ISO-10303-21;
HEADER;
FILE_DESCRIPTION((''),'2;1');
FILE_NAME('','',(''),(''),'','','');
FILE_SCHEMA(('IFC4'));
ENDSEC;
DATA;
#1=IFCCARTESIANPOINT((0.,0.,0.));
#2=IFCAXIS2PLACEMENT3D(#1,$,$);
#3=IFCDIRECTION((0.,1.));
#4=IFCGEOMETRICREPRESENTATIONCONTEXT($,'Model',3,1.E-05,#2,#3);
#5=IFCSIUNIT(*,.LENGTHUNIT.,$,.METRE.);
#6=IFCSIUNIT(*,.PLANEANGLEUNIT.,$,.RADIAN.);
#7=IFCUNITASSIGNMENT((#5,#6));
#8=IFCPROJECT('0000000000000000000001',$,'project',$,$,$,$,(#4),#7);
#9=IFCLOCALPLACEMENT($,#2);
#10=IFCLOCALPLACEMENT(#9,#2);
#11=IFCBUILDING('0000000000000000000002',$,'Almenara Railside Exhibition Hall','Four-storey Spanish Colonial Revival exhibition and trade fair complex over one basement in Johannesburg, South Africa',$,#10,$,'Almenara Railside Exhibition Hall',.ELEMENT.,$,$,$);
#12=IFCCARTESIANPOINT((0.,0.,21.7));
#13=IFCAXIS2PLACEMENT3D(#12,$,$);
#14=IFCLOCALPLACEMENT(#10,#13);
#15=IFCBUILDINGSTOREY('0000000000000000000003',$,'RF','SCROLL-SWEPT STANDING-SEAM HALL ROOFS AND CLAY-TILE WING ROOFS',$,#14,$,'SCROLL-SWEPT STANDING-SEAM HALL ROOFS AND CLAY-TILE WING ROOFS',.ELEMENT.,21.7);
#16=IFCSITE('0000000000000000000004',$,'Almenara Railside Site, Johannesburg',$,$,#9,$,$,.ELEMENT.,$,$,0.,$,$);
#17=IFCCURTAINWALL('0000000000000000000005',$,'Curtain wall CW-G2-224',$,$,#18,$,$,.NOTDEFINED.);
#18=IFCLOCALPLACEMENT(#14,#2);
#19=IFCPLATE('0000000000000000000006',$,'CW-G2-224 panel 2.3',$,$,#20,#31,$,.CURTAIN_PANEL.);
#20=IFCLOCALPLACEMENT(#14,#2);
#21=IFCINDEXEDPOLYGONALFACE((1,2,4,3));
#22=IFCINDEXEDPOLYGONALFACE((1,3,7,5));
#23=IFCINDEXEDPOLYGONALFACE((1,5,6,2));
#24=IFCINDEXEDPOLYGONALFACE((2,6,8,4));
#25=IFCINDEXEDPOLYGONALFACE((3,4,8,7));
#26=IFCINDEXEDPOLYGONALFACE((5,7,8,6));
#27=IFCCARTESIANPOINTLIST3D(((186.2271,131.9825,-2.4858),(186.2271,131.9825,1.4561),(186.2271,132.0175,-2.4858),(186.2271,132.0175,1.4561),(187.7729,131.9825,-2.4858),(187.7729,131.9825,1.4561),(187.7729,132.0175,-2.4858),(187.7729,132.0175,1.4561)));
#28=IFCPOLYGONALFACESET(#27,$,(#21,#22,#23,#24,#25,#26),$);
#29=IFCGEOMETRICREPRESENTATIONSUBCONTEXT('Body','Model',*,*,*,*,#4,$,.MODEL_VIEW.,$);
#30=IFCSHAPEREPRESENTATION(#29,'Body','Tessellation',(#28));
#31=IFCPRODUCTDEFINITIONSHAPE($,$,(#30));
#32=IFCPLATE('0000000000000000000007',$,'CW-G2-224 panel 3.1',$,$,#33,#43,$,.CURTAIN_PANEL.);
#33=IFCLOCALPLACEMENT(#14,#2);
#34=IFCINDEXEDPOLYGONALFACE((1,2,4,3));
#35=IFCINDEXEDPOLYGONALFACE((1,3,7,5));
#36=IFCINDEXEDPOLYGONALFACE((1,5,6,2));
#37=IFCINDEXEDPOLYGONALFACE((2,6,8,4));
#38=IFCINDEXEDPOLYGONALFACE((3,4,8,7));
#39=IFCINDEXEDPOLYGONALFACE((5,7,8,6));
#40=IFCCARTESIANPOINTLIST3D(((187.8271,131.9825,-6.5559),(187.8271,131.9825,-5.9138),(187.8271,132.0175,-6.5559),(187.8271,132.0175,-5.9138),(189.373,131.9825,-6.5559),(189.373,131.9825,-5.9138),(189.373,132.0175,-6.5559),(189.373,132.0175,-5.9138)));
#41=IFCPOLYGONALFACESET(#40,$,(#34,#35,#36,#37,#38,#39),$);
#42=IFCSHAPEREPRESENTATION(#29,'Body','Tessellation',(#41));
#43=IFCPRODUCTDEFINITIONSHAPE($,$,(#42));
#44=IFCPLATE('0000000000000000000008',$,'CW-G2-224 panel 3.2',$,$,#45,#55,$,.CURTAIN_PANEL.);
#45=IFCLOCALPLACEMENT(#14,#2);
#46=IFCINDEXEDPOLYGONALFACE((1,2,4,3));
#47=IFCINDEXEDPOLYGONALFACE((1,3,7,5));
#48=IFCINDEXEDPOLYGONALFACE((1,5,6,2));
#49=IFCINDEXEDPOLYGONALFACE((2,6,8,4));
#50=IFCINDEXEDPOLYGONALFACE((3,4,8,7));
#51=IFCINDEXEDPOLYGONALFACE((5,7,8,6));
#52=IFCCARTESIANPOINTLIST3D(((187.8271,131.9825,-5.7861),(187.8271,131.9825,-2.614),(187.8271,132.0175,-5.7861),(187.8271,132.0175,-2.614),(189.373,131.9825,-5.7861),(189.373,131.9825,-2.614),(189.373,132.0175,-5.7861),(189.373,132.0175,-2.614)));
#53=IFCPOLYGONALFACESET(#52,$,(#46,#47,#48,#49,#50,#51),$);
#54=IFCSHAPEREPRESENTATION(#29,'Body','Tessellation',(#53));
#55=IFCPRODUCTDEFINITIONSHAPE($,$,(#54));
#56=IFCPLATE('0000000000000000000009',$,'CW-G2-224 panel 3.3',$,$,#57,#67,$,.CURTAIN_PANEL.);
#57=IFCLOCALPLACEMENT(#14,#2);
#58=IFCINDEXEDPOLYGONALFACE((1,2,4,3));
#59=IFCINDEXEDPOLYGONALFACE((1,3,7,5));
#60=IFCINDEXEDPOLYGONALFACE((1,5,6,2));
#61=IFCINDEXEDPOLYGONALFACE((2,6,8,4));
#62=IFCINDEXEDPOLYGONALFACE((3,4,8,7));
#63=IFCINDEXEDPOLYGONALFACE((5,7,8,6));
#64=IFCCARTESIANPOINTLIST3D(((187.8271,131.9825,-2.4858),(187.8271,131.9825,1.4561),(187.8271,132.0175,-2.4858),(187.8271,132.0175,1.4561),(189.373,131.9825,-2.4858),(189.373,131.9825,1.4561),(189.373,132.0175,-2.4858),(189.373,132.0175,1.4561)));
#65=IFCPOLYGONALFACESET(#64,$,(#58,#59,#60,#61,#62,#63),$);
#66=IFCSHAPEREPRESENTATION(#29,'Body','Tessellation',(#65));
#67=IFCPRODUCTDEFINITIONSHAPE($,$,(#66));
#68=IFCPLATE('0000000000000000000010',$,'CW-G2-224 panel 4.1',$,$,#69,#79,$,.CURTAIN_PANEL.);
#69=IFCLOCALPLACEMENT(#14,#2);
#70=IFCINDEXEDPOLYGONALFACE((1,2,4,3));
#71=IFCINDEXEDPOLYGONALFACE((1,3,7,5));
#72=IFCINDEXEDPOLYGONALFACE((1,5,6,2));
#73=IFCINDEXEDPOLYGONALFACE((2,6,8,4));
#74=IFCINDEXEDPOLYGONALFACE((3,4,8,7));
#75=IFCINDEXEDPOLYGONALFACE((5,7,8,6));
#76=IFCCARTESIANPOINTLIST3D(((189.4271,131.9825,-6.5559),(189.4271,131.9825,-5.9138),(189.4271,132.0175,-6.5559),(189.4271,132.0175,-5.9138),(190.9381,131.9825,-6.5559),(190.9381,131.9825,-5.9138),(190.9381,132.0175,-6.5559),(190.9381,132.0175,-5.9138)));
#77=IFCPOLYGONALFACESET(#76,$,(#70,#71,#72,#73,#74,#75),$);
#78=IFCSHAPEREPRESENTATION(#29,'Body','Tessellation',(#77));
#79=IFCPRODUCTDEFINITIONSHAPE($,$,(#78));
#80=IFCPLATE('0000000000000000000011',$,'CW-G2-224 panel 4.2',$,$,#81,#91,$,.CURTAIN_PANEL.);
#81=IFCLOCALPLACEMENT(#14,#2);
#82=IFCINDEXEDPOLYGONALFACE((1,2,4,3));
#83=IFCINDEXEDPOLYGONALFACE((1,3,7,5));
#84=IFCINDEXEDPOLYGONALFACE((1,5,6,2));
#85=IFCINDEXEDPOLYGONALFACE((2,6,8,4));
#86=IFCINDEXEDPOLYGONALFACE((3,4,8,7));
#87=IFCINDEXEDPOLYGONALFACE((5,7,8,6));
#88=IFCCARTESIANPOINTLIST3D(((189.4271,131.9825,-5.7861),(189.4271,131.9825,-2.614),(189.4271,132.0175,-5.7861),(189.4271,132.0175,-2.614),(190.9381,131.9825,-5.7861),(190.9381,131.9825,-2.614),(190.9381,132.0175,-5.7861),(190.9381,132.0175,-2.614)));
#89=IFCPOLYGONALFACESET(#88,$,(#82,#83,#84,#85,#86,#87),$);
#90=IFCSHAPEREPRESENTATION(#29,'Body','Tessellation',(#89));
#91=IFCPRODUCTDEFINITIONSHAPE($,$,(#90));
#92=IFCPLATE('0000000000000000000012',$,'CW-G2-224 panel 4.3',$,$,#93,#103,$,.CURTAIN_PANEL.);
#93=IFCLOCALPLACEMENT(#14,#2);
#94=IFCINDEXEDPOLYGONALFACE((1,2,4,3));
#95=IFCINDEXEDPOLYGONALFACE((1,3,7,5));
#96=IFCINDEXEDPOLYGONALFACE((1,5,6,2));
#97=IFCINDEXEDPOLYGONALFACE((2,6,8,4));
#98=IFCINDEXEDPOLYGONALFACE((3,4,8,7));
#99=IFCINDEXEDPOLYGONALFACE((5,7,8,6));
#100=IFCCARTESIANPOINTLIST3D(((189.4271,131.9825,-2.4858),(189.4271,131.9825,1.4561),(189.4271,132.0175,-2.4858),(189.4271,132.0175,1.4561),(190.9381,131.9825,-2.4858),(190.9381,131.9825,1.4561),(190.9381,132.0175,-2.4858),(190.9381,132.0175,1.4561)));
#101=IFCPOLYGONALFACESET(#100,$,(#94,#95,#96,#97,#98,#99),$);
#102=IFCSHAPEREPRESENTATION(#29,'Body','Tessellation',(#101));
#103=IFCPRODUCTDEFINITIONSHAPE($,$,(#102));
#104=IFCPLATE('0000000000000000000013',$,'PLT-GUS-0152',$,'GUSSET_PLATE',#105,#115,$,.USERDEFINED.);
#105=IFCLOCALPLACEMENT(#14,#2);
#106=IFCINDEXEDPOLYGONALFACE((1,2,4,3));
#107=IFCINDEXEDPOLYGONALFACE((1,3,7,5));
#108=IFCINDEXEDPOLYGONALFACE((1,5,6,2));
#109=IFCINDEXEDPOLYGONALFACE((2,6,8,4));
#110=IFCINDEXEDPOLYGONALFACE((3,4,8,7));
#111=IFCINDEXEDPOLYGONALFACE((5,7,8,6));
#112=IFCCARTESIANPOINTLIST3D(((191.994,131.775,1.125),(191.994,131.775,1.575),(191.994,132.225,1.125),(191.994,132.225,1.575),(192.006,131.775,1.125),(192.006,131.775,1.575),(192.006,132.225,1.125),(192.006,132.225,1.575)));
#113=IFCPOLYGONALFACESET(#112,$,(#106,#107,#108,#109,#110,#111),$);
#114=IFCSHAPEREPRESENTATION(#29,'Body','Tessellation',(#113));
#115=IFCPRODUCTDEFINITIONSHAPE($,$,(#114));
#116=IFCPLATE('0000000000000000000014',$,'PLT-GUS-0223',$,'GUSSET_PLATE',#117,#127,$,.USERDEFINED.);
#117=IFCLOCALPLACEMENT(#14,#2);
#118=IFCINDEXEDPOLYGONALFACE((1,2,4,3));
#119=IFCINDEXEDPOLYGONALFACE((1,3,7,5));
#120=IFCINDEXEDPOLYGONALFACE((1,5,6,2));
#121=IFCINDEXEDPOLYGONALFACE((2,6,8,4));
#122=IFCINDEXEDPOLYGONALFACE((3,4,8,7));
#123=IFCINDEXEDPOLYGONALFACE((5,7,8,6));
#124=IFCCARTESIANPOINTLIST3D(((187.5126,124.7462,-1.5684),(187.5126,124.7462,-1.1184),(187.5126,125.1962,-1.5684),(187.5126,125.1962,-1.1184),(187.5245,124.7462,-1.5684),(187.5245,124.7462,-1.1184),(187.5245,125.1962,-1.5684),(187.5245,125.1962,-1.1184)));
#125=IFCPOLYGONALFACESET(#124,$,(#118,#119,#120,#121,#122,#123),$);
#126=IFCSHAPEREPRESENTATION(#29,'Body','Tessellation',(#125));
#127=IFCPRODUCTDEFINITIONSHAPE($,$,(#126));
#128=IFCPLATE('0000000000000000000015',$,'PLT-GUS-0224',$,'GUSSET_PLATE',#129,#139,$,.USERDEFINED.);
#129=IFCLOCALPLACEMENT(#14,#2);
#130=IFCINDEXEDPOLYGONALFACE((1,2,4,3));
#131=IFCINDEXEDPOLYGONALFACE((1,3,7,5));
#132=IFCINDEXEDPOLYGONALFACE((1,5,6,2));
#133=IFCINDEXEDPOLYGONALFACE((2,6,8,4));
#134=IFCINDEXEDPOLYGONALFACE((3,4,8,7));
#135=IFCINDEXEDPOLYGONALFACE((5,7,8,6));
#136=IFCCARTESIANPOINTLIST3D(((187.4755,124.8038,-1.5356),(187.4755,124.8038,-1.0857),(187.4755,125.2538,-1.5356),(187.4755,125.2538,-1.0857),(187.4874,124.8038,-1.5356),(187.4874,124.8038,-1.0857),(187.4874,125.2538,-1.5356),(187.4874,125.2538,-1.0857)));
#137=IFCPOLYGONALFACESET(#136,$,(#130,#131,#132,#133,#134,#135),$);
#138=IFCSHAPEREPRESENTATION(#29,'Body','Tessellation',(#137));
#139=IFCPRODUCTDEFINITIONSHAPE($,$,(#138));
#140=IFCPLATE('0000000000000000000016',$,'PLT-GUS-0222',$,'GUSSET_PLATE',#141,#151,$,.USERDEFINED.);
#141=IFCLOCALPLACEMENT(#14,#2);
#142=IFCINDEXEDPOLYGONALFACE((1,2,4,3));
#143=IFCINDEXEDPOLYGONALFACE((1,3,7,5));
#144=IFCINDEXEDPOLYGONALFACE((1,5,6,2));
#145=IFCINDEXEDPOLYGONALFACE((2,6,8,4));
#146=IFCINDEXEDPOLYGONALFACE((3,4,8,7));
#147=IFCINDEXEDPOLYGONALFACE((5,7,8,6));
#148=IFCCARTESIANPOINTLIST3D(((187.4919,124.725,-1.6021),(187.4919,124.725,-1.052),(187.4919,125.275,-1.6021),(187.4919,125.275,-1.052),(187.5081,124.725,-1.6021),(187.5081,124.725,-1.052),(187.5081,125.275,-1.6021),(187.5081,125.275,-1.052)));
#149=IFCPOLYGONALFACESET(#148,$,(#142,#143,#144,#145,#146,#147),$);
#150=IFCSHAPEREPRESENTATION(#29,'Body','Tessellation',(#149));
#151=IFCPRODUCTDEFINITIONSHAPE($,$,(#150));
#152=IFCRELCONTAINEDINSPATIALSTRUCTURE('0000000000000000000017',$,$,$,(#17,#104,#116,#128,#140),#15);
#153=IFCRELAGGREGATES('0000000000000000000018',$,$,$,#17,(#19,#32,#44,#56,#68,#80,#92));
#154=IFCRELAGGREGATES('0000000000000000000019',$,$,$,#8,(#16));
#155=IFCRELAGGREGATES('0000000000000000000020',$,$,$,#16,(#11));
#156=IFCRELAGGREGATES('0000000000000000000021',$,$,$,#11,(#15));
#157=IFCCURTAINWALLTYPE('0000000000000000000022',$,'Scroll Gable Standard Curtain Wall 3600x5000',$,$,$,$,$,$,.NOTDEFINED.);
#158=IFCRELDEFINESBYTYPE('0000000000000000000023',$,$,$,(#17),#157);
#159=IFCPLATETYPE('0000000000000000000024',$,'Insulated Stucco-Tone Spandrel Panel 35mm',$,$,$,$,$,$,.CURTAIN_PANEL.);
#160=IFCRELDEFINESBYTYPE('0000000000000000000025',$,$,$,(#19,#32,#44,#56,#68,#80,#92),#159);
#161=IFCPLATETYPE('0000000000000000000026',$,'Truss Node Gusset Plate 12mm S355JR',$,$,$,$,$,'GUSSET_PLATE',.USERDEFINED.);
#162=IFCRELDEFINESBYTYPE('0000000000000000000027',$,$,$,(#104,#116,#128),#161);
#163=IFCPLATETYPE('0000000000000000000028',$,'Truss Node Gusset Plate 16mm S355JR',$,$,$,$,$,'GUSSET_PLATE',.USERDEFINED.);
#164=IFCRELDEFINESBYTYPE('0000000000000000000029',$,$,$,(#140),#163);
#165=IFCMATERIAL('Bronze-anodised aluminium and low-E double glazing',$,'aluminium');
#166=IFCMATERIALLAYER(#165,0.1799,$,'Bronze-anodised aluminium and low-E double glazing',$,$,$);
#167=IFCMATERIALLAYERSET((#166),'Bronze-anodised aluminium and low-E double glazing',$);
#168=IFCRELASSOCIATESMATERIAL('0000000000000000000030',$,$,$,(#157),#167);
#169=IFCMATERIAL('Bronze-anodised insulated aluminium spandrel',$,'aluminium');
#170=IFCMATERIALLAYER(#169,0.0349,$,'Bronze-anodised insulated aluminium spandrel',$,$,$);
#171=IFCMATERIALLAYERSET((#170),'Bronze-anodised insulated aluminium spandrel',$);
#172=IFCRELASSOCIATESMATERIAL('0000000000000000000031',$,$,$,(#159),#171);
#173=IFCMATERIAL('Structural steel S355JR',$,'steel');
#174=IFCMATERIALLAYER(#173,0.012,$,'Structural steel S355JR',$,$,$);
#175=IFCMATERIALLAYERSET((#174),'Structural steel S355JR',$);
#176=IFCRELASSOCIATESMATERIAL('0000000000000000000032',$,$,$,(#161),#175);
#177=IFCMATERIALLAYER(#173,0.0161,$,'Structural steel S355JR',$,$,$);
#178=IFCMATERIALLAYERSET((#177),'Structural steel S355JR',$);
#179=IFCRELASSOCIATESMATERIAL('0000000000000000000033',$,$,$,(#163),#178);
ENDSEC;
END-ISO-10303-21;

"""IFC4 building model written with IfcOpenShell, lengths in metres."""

from ifc_helpers import new_model, si_unit, direction, frame, origin, origin_2d, place, context, subcontext, project, spatial, rectangle, extrude, material, layer, layer_set, type_object, element, aggregate, save


model = new_model("IFC4")

# Units and contexts
model_context = context("Model", 3, precision=1e-05, world=origin(), true_north=direction((0.0, 1.0)))
body_context = subcontext(model_context, "Body", "Model", "MODEL_VIEW")
ifc_project = project(units=[si_unit("LENGTHUNIT", "METRE"), si_unit("PLANEANGLEUNIT", "RADIAN")], contexts=[model_context])

# Site, building, storey
site_placement = place(None, origin())
site = spatial("IfcSite", under=ifc_project, at=site_placement, Name="Almenara Railside Site, Johannesburg", CompositionType="ELEMENT", RefElevation=0.0)
building_placement = place(site_placement, origin())
building = spatial("IfcBuilding", under=site, at=building_placement, Name="Almenara Railside Exhibition Hall", Description="Four-storey Spanish Colonial Revival exhibition and trade fair complex over one basement in Johannesburg, South Africa", LongName="Almenara Railside Exhibition Hall", CompositionType="ELEMENT")
storey_placement = place(building_placement, frame((0.0, 0.0, 21.7)))
storey = spatial("IfcBuildingStorey", under=building, at=storey_placement, Name="RF", Description="SCROLL-SWEPT STANDING-SEAM HALL ROOFS AND CLAY-TILE WING ROOFS", LongName="SCROLL-SWEPT STANDING-SEAM HALL ROOFS AND CLAY-TILE WING ROOFS", CompositionType="ELEMENT", Elevation=21.7)

# Shared definitions
ifc_material_1 = material(Name="Structural steel S355JR", Category="steel")

# Curtain wall
ifc_material_2 = material(Name="Bronze-anodised aluminium and low-E double glazing", Category="aluminium")
ifc_layer_1 = layer(ifc_material_2, 0.1799, Name="Bronze-anodised aluminium and low-E double glazing")
ifc_layer_set_1 = layer_set([ifc_layer_1], Name="Bronze-anodised aluminium and low-E double glazing")
curtain_wall_type = type_object("IfcCurtainWallType", Name="Scroll Gable Standard Curtain Wall 3600x5000", PredefinedType="NOTDEFINED", material=ifc_layer_set_1)
curtain_wall_placement = place(storey_placement, origin())
curtain_wall = element("IfcCurtainWall", 1, at=curtain_wall_placement, inside=storey, type_object=curtain_wall_type, Name="Curtain wall CW-G2-224", PredefinedType="NOTDEFINED")

# Plates
ifc_material_3 = material(Name="Bronze-anodised insulated aluminium spandrel", Category="aluminium")
ifc_layer_2 = layer(ifc_material_3, 0.0349, Name="Bronze-anodised insulated aluminium spandrel")
ifc_layer_set_2 = layer_set([ifc_layer_2], Name="Bronze-anodised insulated aluminium spandrel")
plate_type_1 = type_object("IfcPlateType", Name="Insulated Stucco-Tone Spandrel Panel 35mm", PredefinedType="CURTAIN_PANEL", material=ifc_layer_set_2)
plate_1_placement = place(storey_placement, frame((187.0, 132.0, -2.4858), z_axis=(0.0, 0.0, 1.0), x_axis=(1.0, 0.0, 0.0)))
plate_1 = element("IfcPlate", 2, at=plate_1_placement, type_object=plate_type_1, Name="CW-G2-224 panel 2.3", PredefinedType="CURTAIN_PANEL", context=body_context, shape_type="SweptSolid", body=[
    extrude(rectangle(XDim=1.5459, YDim=0.0349, at=origin_2d()), origin(), (0.0, 0.0, 1.0), 3.9419),
])
plate_2_placement = place(storey_placement, frame((188.6001, 132.0, -6.5559), z_axis=(0.0, 0.0, 1.0), x_axis=(1.0, 0.0, 0.0)))
plate_2 = element("IfcPlate", 3, at=plate_2_placement, type_object=plate_type_1, Name="CW-G2-224 panel 3.1", PredefinedType="CURTAIN_PANEL", context=body_context, shape_type="SweptSolid", body=[
    extrude(rectangle(XDim=1.5459, YDim=0.0349, at=origin_2d()), origin(), (0.0, 0.0, 1.0), 0.6421),
])
plate_3_placement = place(storey_placement, frame((188.6001, 132.0, -5.7861), z_axis=(0.0, 0.0, 1.0), x_axis=(1.0, 0.0, 0.0)))
plate_3 = element("IfcPlate", 4, at=plate_3_placement, type_object=plate_type_1, Name="CW-G2-224 panel 3.2", PredefinedType="CURTAIN_PANEL", context=body_context, shape_type="SweptSolid", body=[
    extrude(rectangle(XDim=1.5459, YDim=0.0349, at=origin_2d()), origin(), (0.0, 0.0, 1.0), 3.1721),
])
plate_4_placement = place(storey_placement, frame((188.6001, 132.0, -2.4858), z_axis=(0.0, 0.0, 1.0), x_axis=(1.0, 0.0, 0.0)))
plate_4 = element("IfcPlate", 5, at=plate_4_placement, type_object=plate_type_1, Name="CW-G2-224 panel 3.3", PredefinedType="CURTAIN_PANEL", context=body_context, shape_type="SweptSolid", body=[
    extrude(rectangle(XDim=1.5459, YDim=0.0349, at=origin_2d()), origin(), (0.0, 0.0, 1.0), 3.9419),
])
plate_5_placement = place(storey_placement, frame((190.1826, 132.0, -6.5559), z_axis=(0.0, 0.0, 1.0), x_axis=(1.0, 0.0, 0.0)))
plate_5 = element("IfcPlate", 6, at=plate_5_placement, type_object=plate_type_1, Name="CW-G2-224 panel 4.1", PredefinedType="CURTAIN_PANEL", context=body_context, shape_type="SweptSolid", body=[
    extrude(rectangle(XDim=1.511, YDim=0.0349, at=origin_2d()), origin(), (0.0, 0.0, 1.0), 0.6421),
])
plate_6_placement = place(storey_placement, frame((190.1826, 132.0, -5.7861), z_axis=(0.0, 0.0, 1.0), x_axis=(1.0, 0.0, 0.0)))
plate_6 = element("IfcPlate", 7, at=plate_6_placement, type_object=plate_type_1, Name="CW-G2-224 panel 4.2", PredefinedType="CURTAIN_PANEL", context=body_context, shape_type="SweptSolid", body=[
    extrude(rectangle(XDim=1.511, YDim=0.0349, at=origin_2d()), origin(), (0.0, 0.0, 1.0), 3.1721),
])
plate_7_placement = place(storey_placement, frame((190.1826, 132.0, -2.4858), z_axis=(0.0, 0.0, 1.0), x_axis=(1.0, 0.0, 0.0)))
plate_7 = element("IfcPlate", 8, at=plate_7_placement, type_object=plate_type_1, Name="CW-G2-224 panel 4.3", PredefinedType="CURTAIN_PANEL", context=body_context, shape_type="SweptSolid", body=[
    extrude(rectangle(XDim=1.511, YDim=0.0349, at=origin_2d()), origin(), (0.0, 0.0, 1.0), 3.9419),
])
aggregate(curtain_wall, [plate_1, plate_2, plate_3, plate_4, plate_5, plate_6, plate_7])

# Plates
ifc_layer_3 = layer(ifc_material_1, 0.012, Name="Structural steel S355JR")
ifc_layer_set_3 = layer_set([ifc_layer_3], Name="Structural steel S355JR")
plate_type_2 = type_object("IfcPlateType", Name="Truss Node Gusset Plate 12mm S355JR", ElementType="GUSSET_PLATE", PredefinedType="USERDEFINED", material=ifc_layer_set_3)
for number, where, z_axis, x_axis, name in (
    (9, (192.0, 132.0, 1.125), (0.0, 0.0, 1.0), (0.0, 1.0, 0.0), "PLT-GUS-0152"),
    (10, (187.5186, 124.9712, -1.5684), (0.0, 0.0, 1.0), (0.0, 1.0, 0.0), "PLT-GUS-0223"),
    (11, (187.4814, 125.0288, -1.5356), (0.0, 0.0, 1.0), (0.0, 1.0, 0.0), "PLT-GUS-0224"),
):
    element("IfcPlate", number, at=place(storey_placement, frame(where, z_axis=z_axis, x_axis=x_axis)), inside=storey, type_object=plate_type_2, Name=name, ObjectType="GUSSET_PLATE", PredefinedType="USERDEFINED", context=body_context, shape_type="SweptSolid", body=[
        extrude(rectangle(XDim=0.45, YDim=0.012, at=origin_2d()), origin(), (0.0, 0.0, 1.0), 0.45),
    ])
ifc_layer_4 = layer(ifc_material_1, 0.0161, Name="Structural steel S355JR")
ifc_layer_set_4 = layer_set([ifc_layer_4], Name="Structural steel S355JR")
plate_type_3 = type_object("IfcPlateType", Name="Truss Node Gusset Plate 16mm S355JR", ElementType="GUSSET_PLATE", PredefinedType="USERDEFINED", material=ifc_layer_set_4)
plate_8_placement = place(storey_placement, frame((187.5, 125.0, -1.6021), z_axis=(0.0, 0.0, 1.0), x_axis=(0.0, 1.0, 0.0)))
element("IfcPlate", 12, at=plate_8_placement, inside=storey, type_object=plate_type_3, Name="PLT-GUS-0222", ObjectType="GUSSET_PLATE", PredefinedType="USERDEFINED", context=body_context, shape_type="SweptSolid", body=[
    extrude(rectangle(XDim=0.55, YDim=0.0161, at=origin_2d()), origin(), (0.0, 0.0, 1.0), 0.55),
])

save(model, "model.ifc")
